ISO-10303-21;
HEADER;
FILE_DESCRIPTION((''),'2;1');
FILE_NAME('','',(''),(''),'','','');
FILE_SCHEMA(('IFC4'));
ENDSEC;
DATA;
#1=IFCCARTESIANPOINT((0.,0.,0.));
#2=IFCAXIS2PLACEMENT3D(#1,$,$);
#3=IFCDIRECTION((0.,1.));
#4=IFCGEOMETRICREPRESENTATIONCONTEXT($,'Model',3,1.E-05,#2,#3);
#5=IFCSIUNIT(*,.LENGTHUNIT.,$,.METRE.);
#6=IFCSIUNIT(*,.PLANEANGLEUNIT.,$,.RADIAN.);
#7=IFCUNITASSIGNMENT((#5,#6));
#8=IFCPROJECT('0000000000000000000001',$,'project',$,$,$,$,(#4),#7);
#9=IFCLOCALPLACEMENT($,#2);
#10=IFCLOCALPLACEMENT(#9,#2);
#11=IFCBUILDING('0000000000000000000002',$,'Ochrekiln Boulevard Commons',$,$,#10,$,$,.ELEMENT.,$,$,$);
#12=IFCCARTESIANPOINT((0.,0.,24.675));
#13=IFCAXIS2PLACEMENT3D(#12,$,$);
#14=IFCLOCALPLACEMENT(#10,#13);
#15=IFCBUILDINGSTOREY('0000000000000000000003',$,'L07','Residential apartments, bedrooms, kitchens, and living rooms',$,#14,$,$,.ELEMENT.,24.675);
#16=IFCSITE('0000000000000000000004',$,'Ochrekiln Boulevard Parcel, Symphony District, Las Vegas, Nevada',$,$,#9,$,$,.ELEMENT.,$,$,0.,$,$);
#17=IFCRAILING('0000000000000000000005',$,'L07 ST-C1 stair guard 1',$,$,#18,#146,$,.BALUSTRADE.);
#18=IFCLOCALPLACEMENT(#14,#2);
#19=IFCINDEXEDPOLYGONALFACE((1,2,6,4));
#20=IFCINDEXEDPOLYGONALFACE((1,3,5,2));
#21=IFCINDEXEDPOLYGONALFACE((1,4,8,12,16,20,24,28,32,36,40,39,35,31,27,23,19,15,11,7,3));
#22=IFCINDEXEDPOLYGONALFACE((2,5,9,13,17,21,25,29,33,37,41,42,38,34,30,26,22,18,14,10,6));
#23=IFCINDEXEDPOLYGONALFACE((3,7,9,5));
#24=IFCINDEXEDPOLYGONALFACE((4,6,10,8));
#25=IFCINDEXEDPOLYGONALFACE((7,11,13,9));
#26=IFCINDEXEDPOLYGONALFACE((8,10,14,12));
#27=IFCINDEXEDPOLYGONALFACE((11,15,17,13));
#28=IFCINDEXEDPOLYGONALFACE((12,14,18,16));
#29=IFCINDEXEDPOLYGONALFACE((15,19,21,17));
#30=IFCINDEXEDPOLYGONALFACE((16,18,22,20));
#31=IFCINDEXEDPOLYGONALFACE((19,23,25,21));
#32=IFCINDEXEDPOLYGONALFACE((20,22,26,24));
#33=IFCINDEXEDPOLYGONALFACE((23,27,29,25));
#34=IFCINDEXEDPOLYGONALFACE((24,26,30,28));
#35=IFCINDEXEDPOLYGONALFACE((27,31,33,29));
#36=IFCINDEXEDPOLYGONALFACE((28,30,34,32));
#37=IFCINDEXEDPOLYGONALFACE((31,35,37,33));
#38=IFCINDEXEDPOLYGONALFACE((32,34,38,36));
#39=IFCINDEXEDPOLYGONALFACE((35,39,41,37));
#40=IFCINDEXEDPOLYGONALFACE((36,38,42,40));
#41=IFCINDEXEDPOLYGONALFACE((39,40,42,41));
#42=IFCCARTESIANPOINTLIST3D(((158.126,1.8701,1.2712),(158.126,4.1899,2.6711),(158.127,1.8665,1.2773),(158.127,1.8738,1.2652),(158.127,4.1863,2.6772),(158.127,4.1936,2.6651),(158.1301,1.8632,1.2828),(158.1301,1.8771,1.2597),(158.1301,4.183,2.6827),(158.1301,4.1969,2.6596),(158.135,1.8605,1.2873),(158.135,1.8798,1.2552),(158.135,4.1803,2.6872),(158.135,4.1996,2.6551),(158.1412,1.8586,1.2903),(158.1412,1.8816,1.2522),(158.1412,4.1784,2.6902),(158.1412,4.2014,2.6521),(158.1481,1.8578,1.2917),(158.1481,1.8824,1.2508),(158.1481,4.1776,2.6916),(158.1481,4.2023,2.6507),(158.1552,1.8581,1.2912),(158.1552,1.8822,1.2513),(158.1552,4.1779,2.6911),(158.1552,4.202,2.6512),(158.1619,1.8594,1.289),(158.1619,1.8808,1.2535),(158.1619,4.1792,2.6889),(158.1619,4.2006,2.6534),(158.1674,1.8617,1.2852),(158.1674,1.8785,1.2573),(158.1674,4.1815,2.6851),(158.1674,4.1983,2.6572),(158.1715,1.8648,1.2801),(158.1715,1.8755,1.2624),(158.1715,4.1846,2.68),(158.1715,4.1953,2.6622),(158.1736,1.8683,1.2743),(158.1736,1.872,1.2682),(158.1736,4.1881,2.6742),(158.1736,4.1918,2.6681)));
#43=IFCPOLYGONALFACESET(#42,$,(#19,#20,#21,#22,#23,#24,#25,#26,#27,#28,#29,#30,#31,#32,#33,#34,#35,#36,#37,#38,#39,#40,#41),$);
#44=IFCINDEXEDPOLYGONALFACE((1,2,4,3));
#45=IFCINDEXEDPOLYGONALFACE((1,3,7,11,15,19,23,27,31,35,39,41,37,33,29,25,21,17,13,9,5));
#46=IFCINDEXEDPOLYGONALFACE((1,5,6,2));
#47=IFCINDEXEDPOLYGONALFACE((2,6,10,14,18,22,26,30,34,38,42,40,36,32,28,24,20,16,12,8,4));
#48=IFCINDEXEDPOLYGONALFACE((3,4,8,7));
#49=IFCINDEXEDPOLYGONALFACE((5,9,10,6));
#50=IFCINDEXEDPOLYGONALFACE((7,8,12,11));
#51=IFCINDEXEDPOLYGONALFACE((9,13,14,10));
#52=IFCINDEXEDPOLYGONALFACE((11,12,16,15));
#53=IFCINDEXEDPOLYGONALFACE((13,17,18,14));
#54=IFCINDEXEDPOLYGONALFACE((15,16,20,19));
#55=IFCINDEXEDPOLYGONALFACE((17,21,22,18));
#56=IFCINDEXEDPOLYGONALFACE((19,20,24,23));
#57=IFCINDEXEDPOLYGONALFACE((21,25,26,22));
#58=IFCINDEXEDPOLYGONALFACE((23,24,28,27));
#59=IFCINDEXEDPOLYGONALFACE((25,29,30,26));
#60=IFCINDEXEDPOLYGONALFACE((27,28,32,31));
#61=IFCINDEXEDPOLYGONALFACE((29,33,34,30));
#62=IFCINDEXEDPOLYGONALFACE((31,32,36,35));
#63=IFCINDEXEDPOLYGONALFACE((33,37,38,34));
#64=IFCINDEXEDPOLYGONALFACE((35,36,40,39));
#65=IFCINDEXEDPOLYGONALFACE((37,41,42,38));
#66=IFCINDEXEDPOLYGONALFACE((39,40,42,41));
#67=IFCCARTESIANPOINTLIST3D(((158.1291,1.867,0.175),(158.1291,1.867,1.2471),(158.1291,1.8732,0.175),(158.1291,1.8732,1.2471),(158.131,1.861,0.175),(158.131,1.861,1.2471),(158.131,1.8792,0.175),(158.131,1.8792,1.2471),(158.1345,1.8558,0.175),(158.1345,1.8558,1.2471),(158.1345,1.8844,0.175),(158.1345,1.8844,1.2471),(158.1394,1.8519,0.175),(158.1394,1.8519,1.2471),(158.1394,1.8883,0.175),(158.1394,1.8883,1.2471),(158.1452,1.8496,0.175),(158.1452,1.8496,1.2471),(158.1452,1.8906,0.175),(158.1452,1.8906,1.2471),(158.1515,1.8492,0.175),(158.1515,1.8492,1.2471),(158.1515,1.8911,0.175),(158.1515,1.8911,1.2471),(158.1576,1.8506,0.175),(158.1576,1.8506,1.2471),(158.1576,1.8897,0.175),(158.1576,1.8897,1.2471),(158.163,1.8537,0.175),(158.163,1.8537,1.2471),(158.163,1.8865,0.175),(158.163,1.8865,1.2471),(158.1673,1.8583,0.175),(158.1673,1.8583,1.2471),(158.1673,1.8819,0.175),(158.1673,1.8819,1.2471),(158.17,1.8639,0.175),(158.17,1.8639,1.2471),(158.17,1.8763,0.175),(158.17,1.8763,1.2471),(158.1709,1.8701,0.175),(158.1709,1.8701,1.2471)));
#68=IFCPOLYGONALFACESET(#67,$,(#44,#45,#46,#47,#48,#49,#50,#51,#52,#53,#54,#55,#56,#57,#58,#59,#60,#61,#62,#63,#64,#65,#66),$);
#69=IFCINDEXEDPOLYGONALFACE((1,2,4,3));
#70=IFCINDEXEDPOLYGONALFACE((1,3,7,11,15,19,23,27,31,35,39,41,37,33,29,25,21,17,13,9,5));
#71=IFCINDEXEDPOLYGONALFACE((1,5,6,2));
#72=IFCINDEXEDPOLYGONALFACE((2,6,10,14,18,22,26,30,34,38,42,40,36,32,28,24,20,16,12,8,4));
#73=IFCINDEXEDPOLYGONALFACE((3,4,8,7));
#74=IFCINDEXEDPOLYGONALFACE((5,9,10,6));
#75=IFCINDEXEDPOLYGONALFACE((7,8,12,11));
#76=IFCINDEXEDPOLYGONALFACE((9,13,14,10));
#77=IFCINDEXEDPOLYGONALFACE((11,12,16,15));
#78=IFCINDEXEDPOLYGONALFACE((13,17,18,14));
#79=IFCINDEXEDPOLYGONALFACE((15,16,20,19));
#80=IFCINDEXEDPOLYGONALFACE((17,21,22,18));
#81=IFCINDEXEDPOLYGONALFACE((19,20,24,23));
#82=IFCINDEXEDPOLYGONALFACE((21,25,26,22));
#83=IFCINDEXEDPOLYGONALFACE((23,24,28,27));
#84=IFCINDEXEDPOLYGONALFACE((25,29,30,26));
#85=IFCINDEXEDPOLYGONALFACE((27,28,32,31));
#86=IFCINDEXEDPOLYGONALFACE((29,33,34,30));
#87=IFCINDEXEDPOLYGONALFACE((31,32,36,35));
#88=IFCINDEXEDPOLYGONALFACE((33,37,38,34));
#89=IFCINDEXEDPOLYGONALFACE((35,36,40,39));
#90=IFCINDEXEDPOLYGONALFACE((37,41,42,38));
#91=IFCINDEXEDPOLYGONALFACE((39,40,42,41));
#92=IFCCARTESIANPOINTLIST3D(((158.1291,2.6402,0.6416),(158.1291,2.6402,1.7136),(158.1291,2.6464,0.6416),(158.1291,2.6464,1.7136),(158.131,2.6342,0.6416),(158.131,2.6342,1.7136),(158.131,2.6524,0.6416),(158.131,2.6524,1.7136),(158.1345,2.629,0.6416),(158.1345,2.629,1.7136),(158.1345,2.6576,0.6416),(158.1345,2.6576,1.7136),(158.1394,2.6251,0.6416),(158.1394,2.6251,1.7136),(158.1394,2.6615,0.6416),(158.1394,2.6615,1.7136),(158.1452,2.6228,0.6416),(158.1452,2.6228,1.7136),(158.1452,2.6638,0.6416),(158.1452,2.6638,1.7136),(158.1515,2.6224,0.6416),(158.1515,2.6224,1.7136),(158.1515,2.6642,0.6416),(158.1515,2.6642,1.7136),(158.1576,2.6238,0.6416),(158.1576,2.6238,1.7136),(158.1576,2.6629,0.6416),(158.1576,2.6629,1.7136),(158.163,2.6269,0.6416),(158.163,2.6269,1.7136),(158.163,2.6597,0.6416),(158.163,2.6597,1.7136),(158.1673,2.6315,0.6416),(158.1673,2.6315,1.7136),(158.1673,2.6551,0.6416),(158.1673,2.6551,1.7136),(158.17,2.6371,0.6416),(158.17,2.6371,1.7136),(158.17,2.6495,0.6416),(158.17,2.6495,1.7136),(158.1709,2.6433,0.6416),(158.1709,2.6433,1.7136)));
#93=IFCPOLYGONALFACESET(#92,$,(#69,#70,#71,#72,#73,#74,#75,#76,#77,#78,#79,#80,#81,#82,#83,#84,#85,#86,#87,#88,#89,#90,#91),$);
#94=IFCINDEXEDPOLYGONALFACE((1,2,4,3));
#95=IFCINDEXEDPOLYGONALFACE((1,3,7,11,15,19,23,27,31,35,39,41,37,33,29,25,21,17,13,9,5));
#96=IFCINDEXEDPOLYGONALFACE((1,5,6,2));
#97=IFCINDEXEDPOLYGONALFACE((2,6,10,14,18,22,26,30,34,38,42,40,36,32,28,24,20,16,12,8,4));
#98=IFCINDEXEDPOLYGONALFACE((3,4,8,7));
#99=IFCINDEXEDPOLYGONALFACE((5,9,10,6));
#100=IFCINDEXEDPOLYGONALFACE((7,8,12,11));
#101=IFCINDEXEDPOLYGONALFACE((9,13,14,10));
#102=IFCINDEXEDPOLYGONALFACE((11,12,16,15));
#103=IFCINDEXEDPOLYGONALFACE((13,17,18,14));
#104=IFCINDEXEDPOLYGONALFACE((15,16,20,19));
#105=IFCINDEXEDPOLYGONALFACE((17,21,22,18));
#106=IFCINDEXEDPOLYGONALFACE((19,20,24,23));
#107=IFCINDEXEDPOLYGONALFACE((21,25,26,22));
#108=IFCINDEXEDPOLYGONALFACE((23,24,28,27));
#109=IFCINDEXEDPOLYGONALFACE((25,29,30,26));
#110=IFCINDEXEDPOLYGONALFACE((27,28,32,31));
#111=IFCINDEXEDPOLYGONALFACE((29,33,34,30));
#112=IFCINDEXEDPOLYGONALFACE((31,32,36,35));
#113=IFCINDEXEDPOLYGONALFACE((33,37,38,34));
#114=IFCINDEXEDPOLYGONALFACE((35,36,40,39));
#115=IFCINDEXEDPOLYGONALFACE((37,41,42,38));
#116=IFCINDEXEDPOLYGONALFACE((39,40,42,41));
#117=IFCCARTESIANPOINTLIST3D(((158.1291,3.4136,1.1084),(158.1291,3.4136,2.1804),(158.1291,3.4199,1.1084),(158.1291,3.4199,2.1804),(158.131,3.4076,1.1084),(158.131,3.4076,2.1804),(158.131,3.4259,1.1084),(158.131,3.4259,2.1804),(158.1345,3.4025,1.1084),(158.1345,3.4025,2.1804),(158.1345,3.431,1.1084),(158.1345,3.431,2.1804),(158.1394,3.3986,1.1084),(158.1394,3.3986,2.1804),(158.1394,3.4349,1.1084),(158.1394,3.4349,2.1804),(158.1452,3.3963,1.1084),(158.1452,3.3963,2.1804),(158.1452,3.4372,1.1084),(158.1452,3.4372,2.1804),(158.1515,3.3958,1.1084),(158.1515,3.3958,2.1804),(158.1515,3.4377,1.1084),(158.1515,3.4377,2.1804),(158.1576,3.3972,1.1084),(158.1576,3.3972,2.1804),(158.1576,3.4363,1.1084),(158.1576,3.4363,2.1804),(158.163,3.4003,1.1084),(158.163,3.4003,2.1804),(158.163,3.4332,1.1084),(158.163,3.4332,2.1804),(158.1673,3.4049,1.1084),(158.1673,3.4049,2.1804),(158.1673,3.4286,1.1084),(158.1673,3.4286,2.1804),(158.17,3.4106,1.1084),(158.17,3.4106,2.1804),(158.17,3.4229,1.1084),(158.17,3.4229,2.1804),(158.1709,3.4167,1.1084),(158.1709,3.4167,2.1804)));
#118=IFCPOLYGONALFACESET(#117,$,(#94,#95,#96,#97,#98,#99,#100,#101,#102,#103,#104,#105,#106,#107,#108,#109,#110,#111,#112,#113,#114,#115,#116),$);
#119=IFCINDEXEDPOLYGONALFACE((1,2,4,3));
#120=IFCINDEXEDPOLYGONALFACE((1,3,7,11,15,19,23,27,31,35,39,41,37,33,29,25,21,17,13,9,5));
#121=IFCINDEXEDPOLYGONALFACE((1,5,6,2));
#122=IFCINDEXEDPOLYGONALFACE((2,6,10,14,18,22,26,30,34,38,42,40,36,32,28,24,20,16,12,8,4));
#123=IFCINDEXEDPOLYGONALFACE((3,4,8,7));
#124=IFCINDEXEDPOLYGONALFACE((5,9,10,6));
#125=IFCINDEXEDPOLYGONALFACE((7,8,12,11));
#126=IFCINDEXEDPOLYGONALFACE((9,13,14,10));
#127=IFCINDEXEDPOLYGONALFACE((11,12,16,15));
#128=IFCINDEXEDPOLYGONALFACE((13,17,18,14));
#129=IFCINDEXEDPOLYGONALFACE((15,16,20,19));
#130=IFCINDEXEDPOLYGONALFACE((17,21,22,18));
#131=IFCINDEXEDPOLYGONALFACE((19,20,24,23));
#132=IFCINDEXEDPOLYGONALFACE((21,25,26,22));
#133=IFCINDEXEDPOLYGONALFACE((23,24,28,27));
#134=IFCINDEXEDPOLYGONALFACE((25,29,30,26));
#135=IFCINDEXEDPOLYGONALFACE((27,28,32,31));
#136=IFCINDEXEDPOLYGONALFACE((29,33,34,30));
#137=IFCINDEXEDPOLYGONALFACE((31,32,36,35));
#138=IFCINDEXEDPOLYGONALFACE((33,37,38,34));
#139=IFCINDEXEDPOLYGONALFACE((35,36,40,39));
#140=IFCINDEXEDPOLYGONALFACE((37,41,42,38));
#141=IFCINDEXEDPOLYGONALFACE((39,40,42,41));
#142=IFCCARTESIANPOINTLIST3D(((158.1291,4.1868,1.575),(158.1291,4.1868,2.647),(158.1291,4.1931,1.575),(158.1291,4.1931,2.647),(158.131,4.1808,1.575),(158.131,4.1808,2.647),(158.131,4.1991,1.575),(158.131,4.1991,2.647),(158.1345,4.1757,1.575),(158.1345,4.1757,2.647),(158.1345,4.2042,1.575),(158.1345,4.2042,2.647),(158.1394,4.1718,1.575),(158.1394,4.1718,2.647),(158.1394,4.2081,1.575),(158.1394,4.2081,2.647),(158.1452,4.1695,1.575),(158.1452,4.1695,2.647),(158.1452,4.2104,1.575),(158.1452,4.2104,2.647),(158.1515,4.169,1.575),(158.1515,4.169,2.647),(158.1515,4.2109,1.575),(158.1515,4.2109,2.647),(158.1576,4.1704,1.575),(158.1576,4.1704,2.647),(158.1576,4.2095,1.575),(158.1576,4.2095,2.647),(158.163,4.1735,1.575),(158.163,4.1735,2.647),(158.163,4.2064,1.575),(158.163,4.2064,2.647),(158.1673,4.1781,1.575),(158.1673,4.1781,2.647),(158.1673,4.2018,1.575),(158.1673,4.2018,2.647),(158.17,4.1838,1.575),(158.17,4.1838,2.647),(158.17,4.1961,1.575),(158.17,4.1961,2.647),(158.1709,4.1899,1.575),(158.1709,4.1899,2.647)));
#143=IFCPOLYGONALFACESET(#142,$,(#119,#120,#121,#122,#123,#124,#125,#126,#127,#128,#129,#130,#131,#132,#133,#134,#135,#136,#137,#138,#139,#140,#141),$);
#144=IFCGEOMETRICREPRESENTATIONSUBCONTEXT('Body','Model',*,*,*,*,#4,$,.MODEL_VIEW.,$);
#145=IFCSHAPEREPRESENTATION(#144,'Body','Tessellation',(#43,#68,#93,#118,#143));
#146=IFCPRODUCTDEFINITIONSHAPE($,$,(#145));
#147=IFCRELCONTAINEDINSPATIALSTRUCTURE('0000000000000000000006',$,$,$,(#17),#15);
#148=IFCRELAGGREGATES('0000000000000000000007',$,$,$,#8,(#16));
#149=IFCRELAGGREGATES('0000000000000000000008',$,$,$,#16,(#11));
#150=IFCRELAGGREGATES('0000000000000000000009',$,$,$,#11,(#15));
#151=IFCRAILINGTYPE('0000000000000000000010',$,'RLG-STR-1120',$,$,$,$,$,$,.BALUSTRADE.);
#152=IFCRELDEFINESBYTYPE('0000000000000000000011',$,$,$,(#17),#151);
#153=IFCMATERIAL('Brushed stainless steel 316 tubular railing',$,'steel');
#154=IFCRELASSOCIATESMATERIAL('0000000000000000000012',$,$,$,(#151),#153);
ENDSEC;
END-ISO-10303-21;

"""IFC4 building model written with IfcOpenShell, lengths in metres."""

from ifc_helpers import new_model, si_unit, direction, frame, origin, origin_2d, place, context, subcontext, project, spatial, circle, extrude, material, type_object, element, save


model = new_model("IFC4")

# Units and contexts
model_context = context("Model", 3, precision=1e-05, world=origin(), true_north=direction((0.0, 1.0)))
body_context = subcontext(model_context, "Body", "Model", "MODEL_VIEW")
ifc_project = project(units=[si_unit("LENGTHUNIT", "METRE"), si_unit("PLANEANGLEUNIT", "RADIAN")], contexts=[model_context])

# Site, building, storey
site_placement = place(None, origin())
site = spatial("IfcSite", under=ifc_project, at=site_placement, Name="Ochrekiln Boulevard Parcel, Symphony District, Las Vegas, Nevada", CompositionType="ELEMENT", RefElevation=0.0)
building_placement = place(site_placement, origin())
building = spatial("IfcBuilding", under=site, at=building_placement, Name="Ochrekiln Boulevard Commons", CompositionType="ELEMENT")
storey_placement = place(building_placement, frame((0.0, 0.0, 24.675)))
storey = spatial("IfcBuildingStorey", under=building, at=storey_placement, Name="L07", Description="Residential apartments, bedrooms, kitchens, and living rooms", CompositionType="ELEMENT", Elevation=24.675)

# Railing
ifc_material_1 = material(Name="Brushed stainless steel 316 tubular railing", Category="steel")
railing_type_1 = type_object("IfcRailingType", Name="RLG-STR-1120", PredefinedType="BALUSTRADE", material=ifc_material_1)
railing_1_placement = place(storey_placement, frame((158.1499, 1.8701, 0.175)))
element("IfcRailing", 1, at=railing_1_placement, inside=storey, type_object=railing_type_1, Name="L07 ST-C1 stair guard 1", PredefinedType="BALUSTRADE", context=body_context, shape_type="SweptSolid", body=[
    extrude(circle(Radius=0.0239, at=origin_2d()), frame((0.0, 0.0, 1.0962), z_axis=(0.0, 0.856186, 0.516667), x_axis=(-1.0, 0.0, 0.0)), (0.0, 0.0, 1.0), 2.7095),
    extrude(circle(Radius=0.021, at=origin_2d()), origin(), (0.0, 0.0, 1.0), 1.072),
    extrude(circle(Radius=0.021, at=origin_2d()), frame((0.0, 0.7732, 0.4666)), (0.0, 0.0, 1.0), 1.072),
    extrude(circle(Radius=0.021, at=origin_2d()), frame((0.0, 1.5466, 0.9333)), (0.0, 0.0, 1.0), 1.072),
    extrude(circle(Radius=0.021, at=origin_2d()), frame((0.0, 2.3198, 1.3999)), (0.0, 0.0, 1.0), 1.072),
])

save(model, "model.ifc")
